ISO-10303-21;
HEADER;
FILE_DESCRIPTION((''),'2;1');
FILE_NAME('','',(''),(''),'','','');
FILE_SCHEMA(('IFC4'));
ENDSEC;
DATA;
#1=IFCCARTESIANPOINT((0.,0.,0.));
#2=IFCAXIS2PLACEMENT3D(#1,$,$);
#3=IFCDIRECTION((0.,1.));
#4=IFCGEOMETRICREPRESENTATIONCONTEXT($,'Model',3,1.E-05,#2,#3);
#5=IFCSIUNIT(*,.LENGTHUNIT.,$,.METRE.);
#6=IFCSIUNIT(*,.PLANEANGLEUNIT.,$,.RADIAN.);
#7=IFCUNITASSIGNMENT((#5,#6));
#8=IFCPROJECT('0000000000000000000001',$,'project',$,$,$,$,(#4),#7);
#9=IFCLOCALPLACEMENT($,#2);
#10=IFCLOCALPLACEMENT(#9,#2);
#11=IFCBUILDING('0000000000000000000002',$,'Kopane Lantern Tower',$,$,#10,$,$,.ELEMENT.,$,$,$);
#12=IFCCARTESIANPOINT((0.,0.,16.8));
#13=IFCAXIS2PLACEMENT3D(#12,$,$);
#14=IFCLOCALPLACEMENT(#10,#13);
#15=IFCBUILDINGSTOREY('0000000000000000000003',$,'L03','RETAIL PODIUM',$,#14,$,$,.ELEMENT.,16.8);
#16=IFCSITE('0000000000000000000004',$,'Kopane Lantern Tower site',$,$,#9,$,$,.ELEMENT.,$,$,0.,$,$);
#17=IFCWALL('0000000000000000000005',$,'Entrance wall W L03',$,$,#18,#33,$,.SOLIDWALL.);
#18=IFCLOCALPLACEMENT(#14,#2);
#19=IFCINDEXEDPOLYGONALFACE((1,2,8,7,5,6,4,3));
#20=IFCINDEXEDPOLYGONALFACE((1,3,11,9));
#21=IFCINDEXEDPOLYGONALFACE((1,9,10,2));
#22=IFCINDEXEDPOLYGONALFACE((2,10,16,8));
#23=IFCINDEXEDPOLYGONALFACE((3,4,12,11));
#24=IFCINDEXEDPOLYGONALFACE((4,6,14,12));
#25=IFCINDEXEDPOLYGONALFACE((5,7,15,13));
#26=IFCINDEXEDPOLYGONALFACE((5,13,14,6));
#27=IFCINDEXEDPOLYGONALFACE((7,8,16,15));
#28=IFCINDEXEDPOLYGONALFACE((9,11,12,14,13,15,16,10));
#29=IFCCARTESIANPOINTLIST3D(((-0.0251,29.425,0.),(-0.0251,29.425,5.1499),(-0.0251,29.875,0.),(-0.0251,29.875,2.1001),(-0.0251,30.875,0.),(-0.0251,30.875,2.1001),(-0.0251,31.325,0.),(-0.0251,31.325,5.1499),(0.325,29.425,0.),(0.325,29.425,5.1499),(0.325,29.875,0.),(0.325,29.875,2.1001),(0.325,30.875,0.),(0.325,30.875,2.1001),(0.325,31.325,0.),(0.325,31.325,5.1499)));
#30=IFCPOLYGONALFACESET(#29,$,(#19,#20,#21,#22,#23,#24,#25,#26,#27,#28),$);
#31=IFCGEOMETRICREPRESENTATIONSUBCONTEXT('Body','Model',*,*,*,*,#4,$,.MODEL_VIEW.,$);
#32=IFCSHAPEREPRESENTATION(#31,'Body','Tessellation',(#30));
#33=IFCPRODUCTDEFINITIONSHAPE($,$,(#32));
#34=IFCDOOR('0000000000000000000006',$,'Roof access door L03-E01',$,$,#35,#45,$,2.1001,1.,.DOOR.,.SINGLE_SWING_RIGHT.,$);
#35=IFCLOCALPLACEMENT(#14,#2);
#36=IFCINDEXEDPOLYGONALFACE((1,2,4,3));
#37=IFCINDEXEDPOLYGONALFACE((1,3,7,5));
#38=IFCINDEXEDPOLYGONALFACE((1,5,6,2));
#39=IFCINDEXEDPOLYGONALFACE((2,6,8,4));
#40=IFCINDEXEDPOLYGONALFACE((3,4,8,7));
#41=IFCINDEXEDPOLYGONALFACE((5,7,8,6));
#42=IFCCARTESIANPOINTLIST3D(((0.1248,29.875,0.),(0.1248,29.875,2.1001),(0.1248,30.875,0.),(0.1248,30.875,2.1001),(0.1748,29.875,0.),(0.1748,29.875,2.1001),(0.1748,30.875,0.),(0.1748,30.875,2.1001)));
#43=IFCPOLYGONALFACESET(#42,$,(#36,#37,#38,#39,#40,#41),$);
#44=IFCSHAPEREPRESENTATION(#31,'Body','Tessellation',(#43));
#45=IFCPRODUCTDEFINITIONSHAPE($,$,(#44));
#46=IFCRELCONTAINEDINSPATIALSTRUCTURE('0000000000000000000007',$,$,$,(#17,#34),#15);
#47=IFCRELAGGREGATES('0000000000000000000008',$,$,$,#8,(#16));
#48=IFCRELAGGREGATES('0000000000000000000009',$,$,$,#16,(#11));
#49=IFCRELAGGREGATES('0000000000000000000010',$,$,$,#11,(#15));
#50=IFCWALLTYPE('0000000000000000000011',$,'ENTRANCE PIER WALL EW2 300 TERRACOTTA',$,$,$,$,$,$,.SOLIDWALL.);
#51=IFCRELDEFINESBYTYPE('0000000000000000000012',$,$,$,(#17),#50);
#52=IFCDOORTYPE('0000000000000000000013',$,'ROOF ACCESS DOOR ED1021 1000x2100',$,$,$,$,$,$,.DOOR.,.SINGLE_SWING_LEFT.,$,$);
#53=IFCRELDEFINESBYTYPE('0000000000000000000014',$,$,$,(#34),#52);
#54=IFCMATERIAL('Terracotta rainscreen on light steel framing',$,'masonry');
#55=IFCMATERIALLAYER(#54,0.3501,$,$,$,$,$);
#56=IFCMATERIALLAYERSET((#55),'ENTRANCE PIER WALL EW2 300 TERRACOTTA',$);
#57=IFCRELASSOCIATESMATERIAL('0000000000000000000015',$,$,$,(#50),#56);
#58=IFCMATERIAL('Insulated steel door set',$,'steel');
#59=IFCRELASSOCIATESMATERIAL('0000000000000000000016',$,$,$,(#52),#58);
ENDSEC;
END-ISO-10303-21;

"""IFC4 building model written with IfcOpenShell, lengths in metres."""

from ifc_helpers import new_model, si_unit, direction, frame, frame_2d, origin, place, context, subcontext, project, spatial, rectangle, extrude, material, layer, layer_set, type_object, element, fill, save


model = new_model("IFC4")

# Units and contexts
model_context = context("Model", 3, precision=1e-05, world=origin(), true_north=direction((0.0, 1.0)))
body_context = subcontext(model_context, "Body", "Model", "MODEL_VIEW")
ifc_project = project(units=[si_unit("LENGTHUNIT", "METRE"), si_unit("PLANEANGLEUNIT", "RADIAN")], contexts=[model_context])

# Site, building, storey
site_placement = place(None, origin())
site = spatial("IfcSite", under=ifc_project, at=site_placement, Name="Kopane Lantern Tower site", CompositionType="ELEMENT", RefElevation=0.0)
building_placement = place(site_placement, origin())
building = spatial("IfcBuilding", under=site, at=building_placement, Name="Kopane Lantern Tower", CompositionType="ELEMENT")
storey_placement = place(building_placement, frame((0.0, 0.0, 16.8)))
storey = spatial("IfcBuildingStorey", under=building, at=storey_placement, Name="L03", Description="RETAIL PODIUM", CompositionType="ELEMENT", Elevation=16.8)

# Wall, opening, door
ifc_material_1 = material(Name="Terracotta rainscreen on light steel framing", Category="masonry")
ifc_layer_1 = layer(ifc_material_1, 0.3501)
ifc_layer_set_1 = layer_set([ifc_layer_1], Name="ENTRANCE PIER WALL EW2 300 TERRACOTTA")
wall_type_1 = type_object("IfcWallType", Name="ENTRANCE PIER WALL EW2 300 TERRACOTTA", PredefinedType="SOLIDWALL", material=ifc_layer_set_1)
wall_placement = place(storey_placement, frame((0.1499, 31.325, 0.0), z_axis=(0.0, 0.0, 1.0), x_axis=(0.0, -1.0, 0.0)))
wall = element("IfcWall", 1, at=wall_placement, inside=storey, type_object=wall_type_1, Name="Entrance wall W L03", PredefinedType="SOLIDWALL", context=body_context, shape_type="SweptSolid", body=[
    extrude(rectangle(XDim=1.8999, YDim=0.3501, at=frame_2d((0.95, 0.0))), origin(), (0.0, 0.0, 1.0), 5.1499),
])
opening_placement = place(wall_placement, frame((0.45, 0.0, 0.0)))
opening = element("IfcOpeningElement", 2, at=opening_placement, cuts=wall, PredefinedType="OPENING", context=body_context, shape_type="SweptSolid", body=[
    extrude(rectangle(XDim=1.0, YDim=2.1001, at=frame_2d((0.5, 1.05))), frame((0.0, 0.1851, 0.0), z_axis=(0.0, -1.0, 0.0), x_axis=(1.0, 0.0, 0.0)), (0.0, 0.0, 1.0), 0.3701),
])
ifc_material_2 = material(Name="Insulated steel door set", Category="steel")
door_type = type_object("IfcDoorType", Name="ROOF ACCESS DOOR ED1021 1000x2100", OperationType="SINGLE_SWING_LEFT", PredefinedType="DOOR", material=ifc_material_2)
door_placement = place(opening_placement, origin())
door = element("IfcDoor", 3, at=door_placement, inside=storey, type_object=door_type, Name="Roof access door L03-E01", OperationType="SINGLE_SWING_RIGHT", OverallHeight=2.1001, OverallWidth=1.0, PredefinedType="DOOR", context=body_context, shape_type="SweptSolid", body=[
    extrude(rectangle(XDim=1.0, YDim=2.1001, at=frame_2d((0.5, 1.05))), frame((0.0, 0.0249, 0.0), z_axis=(0.0, -1.0, 0.0), x_axis=(1.0, 0.0, 0.0)), (0.0, 0.0, 1.0), 0.05),
])
fill(opening, door)

save(model, "model.ifc")
